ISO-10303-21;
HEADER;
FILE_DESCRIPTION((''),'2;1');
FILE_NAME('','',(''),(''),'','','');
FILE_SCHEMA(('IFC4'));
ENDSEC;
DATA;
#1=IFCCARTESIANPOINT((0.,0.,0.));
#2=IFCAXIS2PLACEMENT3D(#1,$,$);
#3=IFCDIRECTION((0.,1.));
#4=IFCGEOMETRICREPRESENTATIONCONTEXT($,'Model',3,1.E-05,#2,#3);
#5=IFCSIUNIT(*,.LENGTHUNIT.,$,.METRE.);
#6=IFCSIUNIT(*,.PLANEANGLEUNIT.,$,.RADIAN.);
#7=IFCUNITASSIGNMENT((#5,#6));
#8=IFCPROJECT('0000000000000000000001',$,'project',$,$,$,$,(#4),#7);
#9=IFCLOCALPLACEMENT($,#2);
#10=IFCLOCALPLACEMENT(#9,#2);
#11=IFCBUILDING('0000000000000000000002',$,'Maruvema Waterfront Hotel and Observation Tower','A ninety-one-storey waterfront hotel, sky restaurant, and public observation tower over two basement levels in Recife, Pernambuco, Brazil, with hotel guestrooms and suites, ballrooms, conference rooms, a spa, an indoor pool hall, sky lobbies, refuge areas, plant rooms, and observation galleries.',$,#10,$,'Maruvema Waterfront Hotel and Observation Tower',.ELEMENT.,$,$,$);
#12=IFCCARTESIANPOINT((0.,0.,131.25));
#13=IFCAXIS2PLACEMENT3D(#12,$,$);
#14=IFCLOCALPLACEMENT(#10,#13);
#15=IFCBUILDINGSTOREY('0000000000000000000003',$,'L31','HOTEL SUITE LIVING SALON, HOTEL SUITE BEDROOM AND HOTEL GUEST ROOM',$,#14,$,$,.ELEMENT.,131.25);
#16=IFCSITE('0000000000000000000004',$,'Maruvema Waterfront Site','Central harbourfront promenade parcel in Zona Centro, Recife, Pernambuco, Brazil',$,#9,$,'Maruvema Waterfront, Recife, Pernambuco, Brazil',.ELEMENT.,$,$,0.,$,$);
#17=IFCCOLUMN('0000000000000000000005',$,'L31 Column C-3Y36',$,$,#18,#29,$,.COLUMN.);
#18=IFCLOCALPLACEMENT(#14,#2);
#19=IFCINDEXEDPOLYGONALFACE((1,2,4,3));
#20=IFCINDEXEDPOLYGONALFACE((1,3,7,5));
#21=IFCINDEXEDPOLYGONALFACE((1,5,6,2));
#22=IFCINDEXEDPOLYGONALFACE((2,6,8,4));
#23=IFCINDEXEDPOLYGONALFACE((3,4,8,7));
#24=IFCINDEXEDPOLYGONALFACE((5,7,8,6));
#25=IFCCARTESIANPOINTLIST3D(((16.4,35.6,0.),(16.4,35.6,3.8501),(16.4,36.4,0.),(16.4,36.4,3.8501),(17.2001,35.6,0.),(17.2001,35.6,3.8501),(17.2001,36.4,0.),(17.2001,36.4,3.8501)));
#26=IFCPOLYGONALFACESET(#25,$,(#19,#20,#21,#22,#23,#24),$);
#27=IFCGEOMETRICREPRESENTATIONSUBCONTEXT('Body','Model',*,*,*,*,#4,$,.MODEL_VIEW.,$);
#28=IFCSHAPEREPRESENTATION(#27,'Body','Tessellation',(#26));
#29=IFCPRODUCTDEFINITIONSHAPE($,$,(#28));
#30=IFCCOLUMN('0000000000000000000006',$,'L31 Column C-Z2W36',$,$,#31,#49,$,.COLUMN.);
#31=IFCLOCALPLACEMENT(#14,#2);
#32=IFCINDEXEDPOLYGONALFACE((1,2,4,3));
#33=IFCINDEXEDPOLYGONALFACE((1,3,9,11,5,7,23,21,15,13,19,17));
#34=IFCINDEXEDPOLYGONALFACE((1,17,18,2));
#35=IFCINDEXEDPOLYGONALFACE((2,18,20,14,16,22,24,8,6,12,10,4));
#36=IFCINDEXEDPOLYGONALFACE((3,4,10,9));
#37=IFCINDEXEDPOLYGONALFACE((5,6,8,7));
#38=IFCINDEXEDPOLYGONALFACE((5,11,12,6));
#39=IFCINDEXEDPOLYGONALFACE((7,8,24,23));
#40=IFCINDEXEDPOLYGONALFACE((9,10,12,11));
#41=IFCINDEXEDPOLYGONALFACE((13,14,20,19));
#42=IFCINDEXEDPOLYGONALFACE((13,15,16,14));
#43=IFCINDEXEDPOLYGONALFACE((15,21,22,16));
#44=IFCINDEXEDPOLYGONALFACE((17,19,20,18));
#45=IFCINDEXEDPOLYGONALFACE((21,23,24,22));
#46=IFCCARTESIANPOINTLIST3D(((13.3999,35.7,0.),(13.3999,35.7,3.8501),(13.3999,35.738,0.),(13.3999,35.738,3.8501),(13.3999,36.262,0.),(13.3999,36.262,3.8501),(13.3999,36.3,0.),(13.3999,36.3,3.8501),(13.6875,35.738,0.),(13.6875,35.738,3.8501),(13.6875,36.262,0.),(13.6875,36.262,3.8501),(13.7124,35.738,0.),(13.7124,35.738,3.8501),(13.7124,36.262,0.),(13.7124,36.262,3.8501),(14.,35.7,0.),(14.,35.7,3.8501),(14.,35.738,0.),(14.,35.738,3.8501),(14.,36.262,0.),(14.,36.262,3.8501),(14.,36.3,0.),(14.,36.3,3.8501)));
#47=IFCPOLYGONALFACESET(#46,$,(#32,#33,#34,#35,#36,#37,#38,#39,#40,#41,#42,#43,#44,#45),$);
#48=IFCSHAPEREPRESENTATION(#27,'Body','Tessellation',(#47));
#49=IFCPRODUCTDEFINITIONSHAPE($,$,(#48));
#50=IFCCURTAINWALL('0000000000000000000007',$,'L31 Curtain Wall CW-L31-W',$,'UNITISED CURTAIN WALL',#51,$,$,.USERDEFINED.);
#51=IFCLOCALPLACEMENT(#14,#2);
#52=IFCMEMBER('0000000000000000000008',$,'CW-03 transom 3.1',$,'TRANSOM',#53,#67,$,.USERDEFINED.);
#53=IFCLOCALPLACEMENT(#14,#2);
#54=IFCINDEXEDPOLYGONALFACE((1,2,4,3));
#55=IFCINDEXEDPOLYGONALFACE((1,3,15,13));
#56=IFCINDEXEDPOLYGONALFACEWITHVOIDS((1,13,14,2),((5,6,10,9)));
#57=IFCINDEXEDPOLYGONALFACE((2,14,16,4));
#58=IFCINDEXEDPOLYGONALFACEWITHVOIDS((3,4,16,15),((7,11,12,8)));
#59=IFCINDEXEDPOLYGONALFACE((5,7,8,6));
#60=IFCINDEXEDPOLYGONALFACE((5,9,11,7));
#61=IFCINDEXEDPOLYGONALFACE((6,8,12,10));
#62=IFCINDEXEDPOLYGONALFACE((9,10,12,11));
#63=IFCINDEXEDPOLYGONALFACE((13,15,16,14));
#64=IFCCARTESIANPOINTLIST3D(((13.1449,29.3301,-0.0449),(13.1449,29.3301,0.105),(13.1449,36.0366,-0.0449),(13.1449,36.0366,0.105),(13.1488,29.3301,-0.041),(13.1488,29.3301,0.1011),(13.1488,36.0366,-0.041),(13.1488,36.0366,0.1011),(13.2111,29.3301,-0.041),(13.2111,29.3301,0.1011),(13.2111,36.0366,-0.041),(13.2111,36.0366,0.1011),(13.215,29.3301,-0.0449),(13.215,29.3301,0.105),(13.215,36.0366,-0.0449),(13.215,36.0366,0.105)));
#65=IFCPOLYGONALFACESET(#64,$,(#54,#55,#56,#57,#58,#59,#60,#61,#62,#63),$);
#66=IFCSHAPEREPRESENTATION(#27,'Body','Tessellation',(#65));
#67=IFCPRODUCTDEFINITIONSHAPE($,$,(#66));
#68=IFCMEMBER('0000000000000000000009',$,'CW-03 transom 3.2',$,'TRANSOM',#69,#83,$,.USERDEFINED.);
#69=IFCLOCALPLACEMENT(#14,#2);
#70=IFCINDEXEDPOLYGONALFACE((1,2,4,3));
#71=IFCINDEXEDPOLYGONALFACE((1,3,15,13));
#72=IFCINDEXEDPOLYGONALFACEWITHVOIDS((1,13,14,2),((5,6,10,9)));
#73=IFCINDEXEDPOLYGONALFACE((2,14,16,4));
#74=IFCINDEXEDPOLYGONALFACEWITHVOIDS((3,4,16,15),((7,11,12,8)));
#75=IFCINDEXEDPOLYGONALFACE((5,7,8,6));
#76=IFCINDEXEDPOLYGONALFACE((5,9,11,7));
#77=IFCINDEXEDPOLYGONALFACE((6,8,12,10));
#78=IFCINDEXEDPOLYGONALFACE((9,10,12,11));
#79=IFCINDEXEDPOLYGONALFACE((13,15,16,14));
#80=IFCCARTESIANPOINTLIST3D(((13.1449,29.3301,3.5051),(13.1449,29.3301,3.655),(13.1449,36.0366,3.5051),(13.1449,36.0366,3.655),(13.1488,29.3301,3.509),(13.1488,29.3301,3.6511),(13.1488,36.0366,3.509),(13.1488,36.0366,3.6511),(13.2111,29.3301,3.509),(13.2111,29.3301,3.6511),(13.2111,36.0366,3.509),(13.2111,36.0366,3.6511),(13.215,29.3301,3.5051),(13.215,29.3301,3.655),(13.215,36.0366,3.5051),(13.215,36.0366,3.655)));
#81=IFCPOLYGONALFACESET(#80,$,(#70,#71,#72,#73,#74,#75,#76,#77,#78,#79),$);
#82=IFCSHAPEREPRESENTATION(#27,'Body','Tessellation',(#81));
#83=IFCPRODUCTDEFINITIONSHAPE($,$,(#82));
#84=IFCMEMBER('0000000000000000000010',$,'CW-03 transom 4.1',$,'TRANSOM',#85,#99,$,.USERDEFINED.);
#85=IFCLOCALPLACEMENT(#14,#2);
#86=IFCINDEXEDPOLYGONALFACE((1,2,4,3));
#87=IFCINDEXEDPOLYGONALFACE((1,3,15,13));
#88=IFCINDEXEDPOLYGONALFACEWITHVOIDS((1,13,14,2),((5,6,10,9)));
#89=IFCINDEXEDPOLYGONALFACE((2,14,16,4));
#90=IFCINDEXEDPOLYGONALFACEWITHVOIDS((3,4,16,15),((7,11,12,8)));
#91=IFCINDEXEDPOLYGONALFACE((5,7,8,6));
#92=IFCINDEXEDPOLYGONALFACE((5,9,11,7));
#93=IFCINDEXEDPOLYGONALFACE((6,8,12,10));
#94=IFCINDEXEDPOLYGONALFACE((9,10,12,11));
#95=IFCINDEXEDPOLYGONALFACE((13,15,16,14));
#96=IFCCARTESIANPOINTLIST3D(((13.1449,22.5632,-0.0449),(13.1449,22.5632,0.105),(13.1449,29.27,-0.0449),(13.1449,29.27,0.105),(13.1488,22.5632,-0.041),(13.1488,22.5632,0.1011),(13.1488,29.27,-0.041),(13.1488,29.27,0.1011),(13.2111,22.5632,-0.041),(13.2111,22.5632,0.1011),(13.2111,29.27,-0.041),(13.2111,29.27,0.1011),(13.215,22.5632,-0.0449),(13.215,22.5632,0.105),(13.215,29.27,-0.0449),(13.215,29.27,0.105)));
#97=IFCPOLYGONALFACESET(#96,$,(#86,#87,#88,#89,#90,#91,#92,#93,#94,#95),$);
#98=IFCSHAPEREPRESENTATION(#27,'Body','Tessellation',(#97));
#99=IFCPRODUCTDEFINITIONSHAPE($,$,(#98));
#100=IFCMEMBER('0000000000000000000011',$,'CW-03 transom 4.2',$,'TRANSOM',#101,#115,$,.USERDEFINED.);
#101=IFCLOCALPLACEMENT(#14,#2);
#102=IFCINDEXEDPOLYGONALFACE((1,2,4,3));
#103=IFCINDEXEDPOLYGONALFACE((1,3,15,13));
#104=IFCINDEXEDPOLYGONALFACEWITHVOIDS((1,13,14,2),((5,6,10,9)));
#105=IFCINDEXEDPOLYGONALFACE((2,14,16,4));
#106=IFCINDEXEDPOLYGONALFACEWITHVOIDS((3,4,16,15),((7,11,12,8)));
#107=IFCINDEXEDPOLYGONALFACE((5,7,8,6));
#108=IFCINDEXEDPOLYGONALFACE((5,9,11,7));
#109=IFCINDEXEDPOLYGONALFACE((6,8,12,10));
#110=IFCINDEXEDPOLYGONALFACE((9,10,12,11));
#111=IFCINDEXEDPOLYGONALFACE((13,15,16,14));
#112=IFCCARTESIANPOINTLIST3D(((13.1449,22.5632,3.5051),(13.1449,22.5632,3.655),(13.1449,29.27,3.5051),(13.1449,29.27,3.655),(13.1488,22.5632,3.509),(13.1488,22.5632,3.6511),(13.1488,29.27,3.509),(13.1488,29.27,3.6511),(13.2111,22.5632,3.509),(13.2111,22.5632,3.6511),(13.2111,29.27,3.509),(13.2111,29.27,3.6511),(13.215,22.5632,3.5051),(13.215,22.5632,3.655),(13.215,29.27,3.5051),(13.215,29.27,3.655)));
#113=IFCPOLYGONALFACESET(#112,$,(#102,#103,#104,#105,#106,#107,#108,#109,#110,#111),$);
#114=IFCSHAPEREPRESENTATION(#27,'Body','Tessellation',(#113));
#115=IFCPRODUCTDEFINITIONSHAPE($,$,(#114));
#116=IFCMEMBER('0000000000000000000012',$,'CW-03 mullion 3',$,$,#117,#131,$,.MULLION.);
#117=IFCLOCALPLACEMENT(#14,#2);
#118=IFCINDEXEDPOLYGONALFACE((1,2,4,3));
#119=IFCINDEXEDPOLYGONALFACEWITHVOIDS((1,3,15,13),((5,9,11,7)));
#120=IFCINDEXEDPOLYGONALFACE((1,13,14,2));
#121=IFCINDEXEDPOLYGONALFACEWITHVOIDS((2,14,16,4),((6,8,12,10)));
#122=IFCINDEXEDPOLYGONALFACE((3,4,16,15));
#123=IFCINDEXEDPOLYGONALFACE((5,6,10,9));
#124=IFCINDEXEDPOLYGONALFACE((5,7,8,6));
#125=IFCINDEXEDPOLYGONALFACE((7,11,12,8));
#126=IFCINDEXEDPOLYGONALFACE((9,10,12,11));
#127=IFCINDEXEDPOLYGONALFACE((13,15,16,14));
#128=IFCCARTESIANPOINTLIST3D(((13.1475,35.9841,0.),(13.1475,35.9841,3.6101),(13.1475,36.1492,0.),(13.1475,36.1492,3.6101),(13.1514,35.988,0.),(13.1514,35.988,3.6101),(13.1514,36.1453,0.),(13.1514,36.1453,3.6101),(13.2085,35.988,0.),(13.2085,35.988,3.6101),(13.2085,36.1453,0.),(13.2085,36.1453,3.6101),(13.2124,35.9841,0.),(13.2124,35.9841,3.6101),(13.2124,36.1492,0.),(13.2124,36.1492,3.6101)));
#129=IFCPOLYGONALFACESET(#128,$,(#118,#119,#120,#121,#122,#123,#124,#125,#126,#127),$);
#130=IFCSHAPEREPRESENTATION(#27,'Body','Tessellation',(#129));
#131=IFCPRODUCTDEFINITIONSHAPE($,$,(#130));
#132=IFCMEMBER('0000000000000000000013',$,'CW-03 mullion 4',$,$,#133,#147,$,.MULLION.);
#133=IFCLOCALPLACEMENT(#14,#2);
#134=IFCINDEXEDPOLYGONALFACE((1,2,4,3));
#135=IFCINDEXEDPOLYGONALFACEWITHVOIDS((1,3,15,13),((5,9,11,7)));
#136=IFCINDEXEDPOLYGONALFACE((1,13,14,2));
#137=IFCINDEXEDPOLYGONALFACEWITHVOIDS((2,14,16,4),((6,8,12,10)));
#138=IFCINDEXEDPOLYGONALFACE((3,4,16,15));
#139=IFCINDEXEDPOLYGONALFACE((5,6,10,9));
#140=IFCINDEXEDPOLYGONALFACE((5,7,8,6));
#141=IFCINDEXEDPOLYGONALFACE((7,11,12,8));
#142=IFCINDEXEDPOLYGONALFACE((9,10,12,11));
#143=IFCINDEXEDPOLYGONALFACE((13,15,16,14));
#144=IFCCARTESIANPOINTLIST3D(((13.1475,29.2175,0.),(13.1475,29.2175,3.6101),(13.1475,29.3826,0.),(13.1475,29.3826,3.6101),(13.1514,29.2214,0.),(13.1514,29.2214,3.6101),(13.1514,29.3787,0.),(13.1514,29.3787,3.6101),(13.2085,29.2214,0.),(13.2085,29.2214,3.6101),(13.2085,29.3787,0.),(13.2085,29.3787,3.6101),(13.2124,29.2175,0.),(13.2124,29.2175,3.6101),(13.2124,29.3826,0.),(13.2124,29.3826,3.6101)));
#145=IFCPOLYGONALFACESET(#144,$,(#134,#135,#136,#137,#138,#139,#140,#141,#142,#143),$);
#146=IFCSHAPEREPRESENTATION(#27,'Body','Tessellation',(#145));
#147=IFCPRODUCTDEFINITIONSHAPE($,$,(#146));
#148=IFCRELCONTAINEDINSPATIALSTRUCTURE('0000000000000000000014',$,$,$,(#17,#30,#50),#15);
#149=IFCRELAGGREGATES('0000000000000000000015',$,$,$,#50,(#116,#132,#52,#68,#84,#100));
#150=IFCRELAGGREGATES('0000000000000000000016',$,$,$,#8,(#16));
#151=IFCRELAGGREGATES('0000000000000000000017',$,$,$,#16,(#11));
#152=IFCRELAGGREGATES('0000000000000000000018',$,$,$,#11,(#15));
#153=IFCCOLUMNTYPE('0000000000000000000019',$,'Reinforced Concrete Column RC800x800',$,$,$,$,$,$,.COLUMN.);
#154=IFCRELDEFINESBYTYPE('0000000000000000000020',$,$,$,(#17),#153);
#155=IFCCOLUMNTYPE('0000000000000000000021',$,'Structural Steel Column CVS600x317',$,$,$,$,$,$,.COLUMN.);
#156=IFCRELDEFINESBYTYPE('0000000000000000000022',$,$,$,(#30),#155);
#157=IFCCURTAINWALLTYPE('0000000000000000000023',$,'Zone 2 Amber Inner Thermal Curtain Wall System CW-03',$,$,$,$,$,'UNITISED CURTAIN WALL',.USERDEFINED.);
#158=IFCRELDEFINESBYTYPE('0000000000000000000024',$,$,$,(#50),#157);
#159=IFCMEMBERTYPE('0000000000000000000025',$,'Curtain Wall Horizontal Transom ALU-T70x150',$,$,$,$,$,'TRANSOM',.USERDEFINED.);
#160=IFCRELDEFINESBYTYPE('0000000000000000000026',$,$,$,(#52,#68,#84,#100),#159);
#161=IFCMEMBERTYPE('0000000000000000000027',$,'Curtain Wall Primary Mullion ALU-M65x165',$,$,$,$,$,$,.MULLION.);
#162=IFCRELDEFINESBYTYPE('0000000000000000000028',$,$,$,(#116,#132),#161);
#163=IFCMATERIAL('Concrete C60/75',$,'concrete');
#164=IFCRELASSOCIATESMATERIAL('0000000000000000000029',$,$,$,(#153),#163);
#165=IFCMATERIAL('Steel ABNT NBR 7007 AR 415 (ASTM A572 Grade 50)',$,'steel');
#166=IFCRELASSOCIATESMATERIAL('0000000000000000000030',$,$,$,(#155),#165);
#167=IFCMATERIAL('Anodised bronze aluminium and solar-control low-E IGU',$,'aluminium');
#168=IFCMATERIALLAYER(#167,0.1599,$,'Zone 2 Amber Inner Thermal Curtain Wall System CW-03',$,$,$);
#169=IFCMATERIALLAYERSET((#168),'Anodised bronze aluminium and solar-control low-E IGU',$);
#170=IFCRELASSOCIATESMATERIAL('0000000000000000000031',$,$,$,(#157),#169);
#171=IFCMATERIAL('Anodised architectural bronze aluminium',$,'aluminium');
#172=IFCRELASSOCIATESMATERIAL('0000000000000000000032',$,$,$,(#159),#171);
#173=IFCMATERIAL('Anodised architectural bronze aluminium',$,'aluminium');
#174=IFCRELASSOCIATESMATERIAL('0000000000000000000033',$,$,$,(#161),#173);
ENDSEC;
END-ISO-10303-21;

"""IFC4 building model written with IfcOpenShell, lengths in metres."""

from ifc_helpers import new_model, si_unit, direction, frame, origin, origin_2d, place, context, subcontext, project, spatial, rectangle, hollow_rectangle, i_section, extrude, material, layer, layer_set, material_profile, profile_set, type_object, element, aggregate, save


model = new_model("IFC4")

# Units and contexts
model_context = context("Model", 3, precision=1e-05, world=origin(), true_north=direction((0.0, 1.0)))
body_context = subcontext(model_context, "Body", "Model", "MODEL_VIEW")
ifc_project = project(units=[si_unit("LENGTHUNIT", "METRE"), si_unit("PLANEANGLEUNIT", "RADIAN")], contexts=[model_context])

# Site, building, storey
site_placement = place(None, origin())
site = spatial("IfcSite", under=ifc_project, at=site_placement, Name="Maruvema Waterfront Site", Description="Central harbourfront promenade parcel in Zona Centro, Recife, Pernambuco, Brazil", LongName="Maruvema Waterfront, Recife, Pernambuco, Brazil", CompositionType="ELEMENT", RefElevation=0.0)
building_placement = place(site_placement, origin())
building = spatial("IfcBuilding", under=site, at=building_placement, Name="Maruvema Waterfront Hotel and Observation Tower", Description="A ninety-one-storey waterfront hotel, sky restaurant, and public observation tower over two basement levels in Recife, Pernambuco, Brazil, with hotel guestrooms and suites, ballrooms, conference rooms, a spa, an indoor pool hall, sky lobbies, refuge areas, plant rooms, and observation galleries.", LongName="Maruvema Waterfront Hotel and Observation Tower", CompositionType="ELEMENT")
storey_placement = place(building_placement, frame((0.0, 0.0, 131.25)))
storey = spatial("IfcBuildingStorey", under=building, at=storey_placement, Name="L31", Description="HOTEL SUITE LIVING SALON, HOTEL SUITE BEDROOM AND HOTEL GUEST ROOM", CompositionType="ELEMENT", Elevation=131.25)

# Columns
ifc_material_1 = material(Name="Concrete C60/75", Category="concrete")
ifc_material_profile_1 = material_profile(ifc_material_1, rectangle(XDim=0.8, YDim=0.8, at=origin_2d()), Name="RC800x800")
ifc_profile_set_1 = profile_set([ifc_material_profile_1], Name="Concrete C60/75")
column_type_1 = type_object("IfcColumnType", Name="Reinforced Concrete Column RC800x800", PredefinedType="COLUMN", material=ifc_profile_set_1)
column_1_placement = place(storey_placement, frame((16.8, 36.0, 0.0), z_axis=(0.0, 0.0, 1.0), x_axis=(1.0, 0.0, 0.0)))
element("IfcColumn", 1, at=column_1_placement, inside=storey, type_object=column_type_1, Name="L31 Column C-3Y36", PredefinedType="COLUMN", context=body_context, shape_type="SweptSolid", body=[
    extrude(rectangle(XDim=0.8, YDim=0.8, at=origin_2d()), origin(), (0.0, 0.0, 1.0), 3.8501),
])
ifc_material_2 = material(Name="Steel ABNT NBR 7007 AR 415 (ASTM A572 Grade 50)", Category="steel")
ifc_material_profile_2 = material_profile(ifc_material_2, i_section(OverallWidth=0.6001, OverallDepth=0.6001, WebThickness=0.0249, FlangeThickness=0.0381, at=origin_2d()), Name="CVS600x317")
ifc_profile_set_2 = profile_set([ifc_material_profile_2], Name="Steel ABNT NBR 7007 AR 415 (ASTM A572 Grade 50)")
column_type_2 = type_object("IfcColumnType", Name="Structural Steel Column CVS600x317", PredefinedType="COLUMN", material=ifc_profile_set_2)
column_2_placement = place(storey_placement, frame((13.7, 36.0, 0.0), z_axis=(0.0, 0.0, 1.0), x_axis=(1.0, 0.0, 0.0)))
element("IfcColumn", 2, at=column_2_placement, inside=storey, type_object=column_type_2, Name="L31 Column C-Z2W36", PredefinedType="COLUMN", context=body_context, shape_type="SweptSolid", body=[
    extrude(i_section(OverallWidth=0.6001, OverallDepth=0.6001, WebThickness=0.0249, FlangeThickness=0.0381, at=origin_2d()), origin(), (0.0, 0.0, 1.0), 3.8501),
])

# Curtain wall, members
ifc_material_3 = material(Name="Anodised bronze aluminium and solar-control low-E IGU", Category="aluminium")
ifc_layer_1 = layer(ifc_material_3, 0.1599, Name="Zone 2 Amber Inner Thermal Curtain Wall System CW-03")
ifc_layer_set_1 = layer_set([ifc_layer_1], Name="Anodised bronze aluminium and solar-control low-E IGU")
curtain_wall_type = type_object("IfcCurtainWallType", Name="Zone 2 Amber Inner Thermal Curtain Wall System CW-03", ElementType="UNITISED CURTAIN WALL", PredefinedType="USERDEFINED", material=ifc_layer_set_1)
curtain_wall_placement = place(storey_placement, origin())
curtain_wall = element("IfcCurtainWall", 3, at=curtain_wall_placement, inside=storey, type_object=curtain_wall_type, Name="L31 Curtain Wall CW-L31-W", ObjectType="UNITISED CURTAIN WALL", PredefinedType="USERDEFINED")
ifc_material_4 = material(Name="Anodised architectural bronze aluminium", Category="aluminium")
ifc_material_profile_3 = material_profile(ifc_material_4, hollow_rectangle(XDim=0.0701, YDim=0.1499, WallThickness=0.0039, at=origin_2d()), Name="ALU-T70x150")
ifc_profile_set_3 = profile_set([ifc_material_profile_3], Name="Anodised architectural bronze aluminium")
member_type_1 = type_object("IfcMemberType", Name="Curtain Wall Horizontal Transom ALU-T70x150", ElementType="TRANSOM", PredefinedType="USERDEFINED", material=ifc_profile_set_3)
member_1_placement = place(storey_placement, frame((13.1799, 36.0366, 0.03), z_axis=(0.0, -1.0, 0.0), x_axis=(1.0, 0.0, 0.0)))
member_1 = element("IfcMember", 4, at=member_1_placement, type_object=member_type_1, Name="CW-03 transom 3.1", ObjectType="TRANSOM", PredefinedType="USERDEFINED", context=body_context, shape_type="SweptSolid", body=[
    extrude(hollow_rectangle(XDim=0.0701, YDim=0.1499, WallThickness=0.0039, at=origin_2d()), origin(), (0.0, 0.0, 1.0), 6.7065),
])
member_2_placement = place(storey_placement, frame((13.1799, 36.0366, 3.5801), z_axis=(0.0, -1.0, 0.0), x_axis=(1.0, 0.0, 0.0)))
member_2 = element("IfcMember", 5, at=member_2_placement, type_object=member_type_1, Name="CW-03 transom 3.2", ObjectType="TRANSOM", PredefinedType="USERDEFINED", context=body_context, shape_type="SweptSolid", body=[
    extrude(hollow_rectangle(XDim=0.0701, YDim=0.1499, WallThickness=0.0039, at=origin_2d()), origin(), (0.0, 0.0, 1.0), 6.7065),
])
member_3_placement = place(storey_placement, frame((13.1799, 29.27, 0.03), z_axis=(0.0, -1.0, 0.0), x_axis=(1.0, 0.0, 0.0)))
member_3 = element("IfcMember", 6, at=member_3_placement, type_object=member_type_1, Name="CW-03 transom 4.1", ObjectType="TRANSOM", PredefinedType="USERDEFINED", context=body_context, shape_type="SweptSolid", body=[
    extrude(hollow_rectangle(XDim=0.0701, YDim=0.1499, WallThickness=0.0039, at=origin_2d()), origin(), (0.0, 0.0, 1.0), 6.7068),
])
member_4_placement = place(storey_placement, frame((13.1799, 29.27, 3.5801), z_axis=(0.0, -1.0, 0.0), x_axis=(1.0, 0.0, 0.0)))
member_4 = element("IfcMember", 7, at=member_4_placement, type_object=member_type_1, Name="CW-03 transom 4.2", ObjectType="TRANSOM", PredefinedType="USERDEFINED", context=body_context, shape_type="SweptSolid", body=[
    extrude(hollow_rectangle(XDim=0.0701, YDim=0.1499, WallThickness=0.0039, at=origin_2d()), origin(), (0.0, 0.0, 1.0), 6.7068),
])
ifc_material_5 = material(Name="Anodised architectural bronze aluminium", Category="aluminium")
ifc_material_profile_4 = material_profile(ifc_material_5, hollow_rectangle(XDim=0.0649, YDim=0.165, WallThickness=0.0039, at=origin_2d()), Name="ALU-M65x165")
ifc_profile_set_4 = profile_set([ifc_material_profile_4], Name="Anodised architectural bronze aluminium")
member_type_2 = type_object("IfcMemberType", Name="Curtain Wall Primary Mullion ALU-M65x165", PredefinedType="MULLION", material=ifc_profile_set_4)
member_5_placement = place(storey_placement, frame((13.1799, 36.0667, 0.0), z_axis=(0.0, 0.0, 1.0), x_axis=(1.0, 0.0, 0.0)))
member_5 = element("IfcMember", 8, at=member_5_placement, type_object=member_type_2, Name="CW-03 mullion 3", PredefinedType="MULLION", context=body_context, shape_type="SweptSolid", body=[
    extrude(hollow_rectangle(XDim=0.0649, YDim=0.165, WallThickness=0.0039, at=origin_2d()), origin(), (0.0, 0.0, 1.0), 3.6101),
])
member_6_placement = place(storey_placement, frame((13.1799, 29.3, 0.0), z_axis=(0.0, 0.0, 1.0), x_axis=(1.0, 0.0, 0.0)))
member_6 = element("IfcMember", 9, at=member_6_placement, type_object=member_type_2, Name="CW-03 mullion 4", PredefinedType="MULLION", context=body_context, shape_type="SweptSolid", body=[
    extrude(hollow_rectangle(XDim=0.0649, YDim=0.165, WallThickness=0.0039, at=origin_2d()), origin(), (0.0, 0.0, 1.0), 3.6101),
])

aggregate(curtain_wall, [member_5, member_6, member_1, member_2, member_3, member_4])

save(model, "model.ifc")
